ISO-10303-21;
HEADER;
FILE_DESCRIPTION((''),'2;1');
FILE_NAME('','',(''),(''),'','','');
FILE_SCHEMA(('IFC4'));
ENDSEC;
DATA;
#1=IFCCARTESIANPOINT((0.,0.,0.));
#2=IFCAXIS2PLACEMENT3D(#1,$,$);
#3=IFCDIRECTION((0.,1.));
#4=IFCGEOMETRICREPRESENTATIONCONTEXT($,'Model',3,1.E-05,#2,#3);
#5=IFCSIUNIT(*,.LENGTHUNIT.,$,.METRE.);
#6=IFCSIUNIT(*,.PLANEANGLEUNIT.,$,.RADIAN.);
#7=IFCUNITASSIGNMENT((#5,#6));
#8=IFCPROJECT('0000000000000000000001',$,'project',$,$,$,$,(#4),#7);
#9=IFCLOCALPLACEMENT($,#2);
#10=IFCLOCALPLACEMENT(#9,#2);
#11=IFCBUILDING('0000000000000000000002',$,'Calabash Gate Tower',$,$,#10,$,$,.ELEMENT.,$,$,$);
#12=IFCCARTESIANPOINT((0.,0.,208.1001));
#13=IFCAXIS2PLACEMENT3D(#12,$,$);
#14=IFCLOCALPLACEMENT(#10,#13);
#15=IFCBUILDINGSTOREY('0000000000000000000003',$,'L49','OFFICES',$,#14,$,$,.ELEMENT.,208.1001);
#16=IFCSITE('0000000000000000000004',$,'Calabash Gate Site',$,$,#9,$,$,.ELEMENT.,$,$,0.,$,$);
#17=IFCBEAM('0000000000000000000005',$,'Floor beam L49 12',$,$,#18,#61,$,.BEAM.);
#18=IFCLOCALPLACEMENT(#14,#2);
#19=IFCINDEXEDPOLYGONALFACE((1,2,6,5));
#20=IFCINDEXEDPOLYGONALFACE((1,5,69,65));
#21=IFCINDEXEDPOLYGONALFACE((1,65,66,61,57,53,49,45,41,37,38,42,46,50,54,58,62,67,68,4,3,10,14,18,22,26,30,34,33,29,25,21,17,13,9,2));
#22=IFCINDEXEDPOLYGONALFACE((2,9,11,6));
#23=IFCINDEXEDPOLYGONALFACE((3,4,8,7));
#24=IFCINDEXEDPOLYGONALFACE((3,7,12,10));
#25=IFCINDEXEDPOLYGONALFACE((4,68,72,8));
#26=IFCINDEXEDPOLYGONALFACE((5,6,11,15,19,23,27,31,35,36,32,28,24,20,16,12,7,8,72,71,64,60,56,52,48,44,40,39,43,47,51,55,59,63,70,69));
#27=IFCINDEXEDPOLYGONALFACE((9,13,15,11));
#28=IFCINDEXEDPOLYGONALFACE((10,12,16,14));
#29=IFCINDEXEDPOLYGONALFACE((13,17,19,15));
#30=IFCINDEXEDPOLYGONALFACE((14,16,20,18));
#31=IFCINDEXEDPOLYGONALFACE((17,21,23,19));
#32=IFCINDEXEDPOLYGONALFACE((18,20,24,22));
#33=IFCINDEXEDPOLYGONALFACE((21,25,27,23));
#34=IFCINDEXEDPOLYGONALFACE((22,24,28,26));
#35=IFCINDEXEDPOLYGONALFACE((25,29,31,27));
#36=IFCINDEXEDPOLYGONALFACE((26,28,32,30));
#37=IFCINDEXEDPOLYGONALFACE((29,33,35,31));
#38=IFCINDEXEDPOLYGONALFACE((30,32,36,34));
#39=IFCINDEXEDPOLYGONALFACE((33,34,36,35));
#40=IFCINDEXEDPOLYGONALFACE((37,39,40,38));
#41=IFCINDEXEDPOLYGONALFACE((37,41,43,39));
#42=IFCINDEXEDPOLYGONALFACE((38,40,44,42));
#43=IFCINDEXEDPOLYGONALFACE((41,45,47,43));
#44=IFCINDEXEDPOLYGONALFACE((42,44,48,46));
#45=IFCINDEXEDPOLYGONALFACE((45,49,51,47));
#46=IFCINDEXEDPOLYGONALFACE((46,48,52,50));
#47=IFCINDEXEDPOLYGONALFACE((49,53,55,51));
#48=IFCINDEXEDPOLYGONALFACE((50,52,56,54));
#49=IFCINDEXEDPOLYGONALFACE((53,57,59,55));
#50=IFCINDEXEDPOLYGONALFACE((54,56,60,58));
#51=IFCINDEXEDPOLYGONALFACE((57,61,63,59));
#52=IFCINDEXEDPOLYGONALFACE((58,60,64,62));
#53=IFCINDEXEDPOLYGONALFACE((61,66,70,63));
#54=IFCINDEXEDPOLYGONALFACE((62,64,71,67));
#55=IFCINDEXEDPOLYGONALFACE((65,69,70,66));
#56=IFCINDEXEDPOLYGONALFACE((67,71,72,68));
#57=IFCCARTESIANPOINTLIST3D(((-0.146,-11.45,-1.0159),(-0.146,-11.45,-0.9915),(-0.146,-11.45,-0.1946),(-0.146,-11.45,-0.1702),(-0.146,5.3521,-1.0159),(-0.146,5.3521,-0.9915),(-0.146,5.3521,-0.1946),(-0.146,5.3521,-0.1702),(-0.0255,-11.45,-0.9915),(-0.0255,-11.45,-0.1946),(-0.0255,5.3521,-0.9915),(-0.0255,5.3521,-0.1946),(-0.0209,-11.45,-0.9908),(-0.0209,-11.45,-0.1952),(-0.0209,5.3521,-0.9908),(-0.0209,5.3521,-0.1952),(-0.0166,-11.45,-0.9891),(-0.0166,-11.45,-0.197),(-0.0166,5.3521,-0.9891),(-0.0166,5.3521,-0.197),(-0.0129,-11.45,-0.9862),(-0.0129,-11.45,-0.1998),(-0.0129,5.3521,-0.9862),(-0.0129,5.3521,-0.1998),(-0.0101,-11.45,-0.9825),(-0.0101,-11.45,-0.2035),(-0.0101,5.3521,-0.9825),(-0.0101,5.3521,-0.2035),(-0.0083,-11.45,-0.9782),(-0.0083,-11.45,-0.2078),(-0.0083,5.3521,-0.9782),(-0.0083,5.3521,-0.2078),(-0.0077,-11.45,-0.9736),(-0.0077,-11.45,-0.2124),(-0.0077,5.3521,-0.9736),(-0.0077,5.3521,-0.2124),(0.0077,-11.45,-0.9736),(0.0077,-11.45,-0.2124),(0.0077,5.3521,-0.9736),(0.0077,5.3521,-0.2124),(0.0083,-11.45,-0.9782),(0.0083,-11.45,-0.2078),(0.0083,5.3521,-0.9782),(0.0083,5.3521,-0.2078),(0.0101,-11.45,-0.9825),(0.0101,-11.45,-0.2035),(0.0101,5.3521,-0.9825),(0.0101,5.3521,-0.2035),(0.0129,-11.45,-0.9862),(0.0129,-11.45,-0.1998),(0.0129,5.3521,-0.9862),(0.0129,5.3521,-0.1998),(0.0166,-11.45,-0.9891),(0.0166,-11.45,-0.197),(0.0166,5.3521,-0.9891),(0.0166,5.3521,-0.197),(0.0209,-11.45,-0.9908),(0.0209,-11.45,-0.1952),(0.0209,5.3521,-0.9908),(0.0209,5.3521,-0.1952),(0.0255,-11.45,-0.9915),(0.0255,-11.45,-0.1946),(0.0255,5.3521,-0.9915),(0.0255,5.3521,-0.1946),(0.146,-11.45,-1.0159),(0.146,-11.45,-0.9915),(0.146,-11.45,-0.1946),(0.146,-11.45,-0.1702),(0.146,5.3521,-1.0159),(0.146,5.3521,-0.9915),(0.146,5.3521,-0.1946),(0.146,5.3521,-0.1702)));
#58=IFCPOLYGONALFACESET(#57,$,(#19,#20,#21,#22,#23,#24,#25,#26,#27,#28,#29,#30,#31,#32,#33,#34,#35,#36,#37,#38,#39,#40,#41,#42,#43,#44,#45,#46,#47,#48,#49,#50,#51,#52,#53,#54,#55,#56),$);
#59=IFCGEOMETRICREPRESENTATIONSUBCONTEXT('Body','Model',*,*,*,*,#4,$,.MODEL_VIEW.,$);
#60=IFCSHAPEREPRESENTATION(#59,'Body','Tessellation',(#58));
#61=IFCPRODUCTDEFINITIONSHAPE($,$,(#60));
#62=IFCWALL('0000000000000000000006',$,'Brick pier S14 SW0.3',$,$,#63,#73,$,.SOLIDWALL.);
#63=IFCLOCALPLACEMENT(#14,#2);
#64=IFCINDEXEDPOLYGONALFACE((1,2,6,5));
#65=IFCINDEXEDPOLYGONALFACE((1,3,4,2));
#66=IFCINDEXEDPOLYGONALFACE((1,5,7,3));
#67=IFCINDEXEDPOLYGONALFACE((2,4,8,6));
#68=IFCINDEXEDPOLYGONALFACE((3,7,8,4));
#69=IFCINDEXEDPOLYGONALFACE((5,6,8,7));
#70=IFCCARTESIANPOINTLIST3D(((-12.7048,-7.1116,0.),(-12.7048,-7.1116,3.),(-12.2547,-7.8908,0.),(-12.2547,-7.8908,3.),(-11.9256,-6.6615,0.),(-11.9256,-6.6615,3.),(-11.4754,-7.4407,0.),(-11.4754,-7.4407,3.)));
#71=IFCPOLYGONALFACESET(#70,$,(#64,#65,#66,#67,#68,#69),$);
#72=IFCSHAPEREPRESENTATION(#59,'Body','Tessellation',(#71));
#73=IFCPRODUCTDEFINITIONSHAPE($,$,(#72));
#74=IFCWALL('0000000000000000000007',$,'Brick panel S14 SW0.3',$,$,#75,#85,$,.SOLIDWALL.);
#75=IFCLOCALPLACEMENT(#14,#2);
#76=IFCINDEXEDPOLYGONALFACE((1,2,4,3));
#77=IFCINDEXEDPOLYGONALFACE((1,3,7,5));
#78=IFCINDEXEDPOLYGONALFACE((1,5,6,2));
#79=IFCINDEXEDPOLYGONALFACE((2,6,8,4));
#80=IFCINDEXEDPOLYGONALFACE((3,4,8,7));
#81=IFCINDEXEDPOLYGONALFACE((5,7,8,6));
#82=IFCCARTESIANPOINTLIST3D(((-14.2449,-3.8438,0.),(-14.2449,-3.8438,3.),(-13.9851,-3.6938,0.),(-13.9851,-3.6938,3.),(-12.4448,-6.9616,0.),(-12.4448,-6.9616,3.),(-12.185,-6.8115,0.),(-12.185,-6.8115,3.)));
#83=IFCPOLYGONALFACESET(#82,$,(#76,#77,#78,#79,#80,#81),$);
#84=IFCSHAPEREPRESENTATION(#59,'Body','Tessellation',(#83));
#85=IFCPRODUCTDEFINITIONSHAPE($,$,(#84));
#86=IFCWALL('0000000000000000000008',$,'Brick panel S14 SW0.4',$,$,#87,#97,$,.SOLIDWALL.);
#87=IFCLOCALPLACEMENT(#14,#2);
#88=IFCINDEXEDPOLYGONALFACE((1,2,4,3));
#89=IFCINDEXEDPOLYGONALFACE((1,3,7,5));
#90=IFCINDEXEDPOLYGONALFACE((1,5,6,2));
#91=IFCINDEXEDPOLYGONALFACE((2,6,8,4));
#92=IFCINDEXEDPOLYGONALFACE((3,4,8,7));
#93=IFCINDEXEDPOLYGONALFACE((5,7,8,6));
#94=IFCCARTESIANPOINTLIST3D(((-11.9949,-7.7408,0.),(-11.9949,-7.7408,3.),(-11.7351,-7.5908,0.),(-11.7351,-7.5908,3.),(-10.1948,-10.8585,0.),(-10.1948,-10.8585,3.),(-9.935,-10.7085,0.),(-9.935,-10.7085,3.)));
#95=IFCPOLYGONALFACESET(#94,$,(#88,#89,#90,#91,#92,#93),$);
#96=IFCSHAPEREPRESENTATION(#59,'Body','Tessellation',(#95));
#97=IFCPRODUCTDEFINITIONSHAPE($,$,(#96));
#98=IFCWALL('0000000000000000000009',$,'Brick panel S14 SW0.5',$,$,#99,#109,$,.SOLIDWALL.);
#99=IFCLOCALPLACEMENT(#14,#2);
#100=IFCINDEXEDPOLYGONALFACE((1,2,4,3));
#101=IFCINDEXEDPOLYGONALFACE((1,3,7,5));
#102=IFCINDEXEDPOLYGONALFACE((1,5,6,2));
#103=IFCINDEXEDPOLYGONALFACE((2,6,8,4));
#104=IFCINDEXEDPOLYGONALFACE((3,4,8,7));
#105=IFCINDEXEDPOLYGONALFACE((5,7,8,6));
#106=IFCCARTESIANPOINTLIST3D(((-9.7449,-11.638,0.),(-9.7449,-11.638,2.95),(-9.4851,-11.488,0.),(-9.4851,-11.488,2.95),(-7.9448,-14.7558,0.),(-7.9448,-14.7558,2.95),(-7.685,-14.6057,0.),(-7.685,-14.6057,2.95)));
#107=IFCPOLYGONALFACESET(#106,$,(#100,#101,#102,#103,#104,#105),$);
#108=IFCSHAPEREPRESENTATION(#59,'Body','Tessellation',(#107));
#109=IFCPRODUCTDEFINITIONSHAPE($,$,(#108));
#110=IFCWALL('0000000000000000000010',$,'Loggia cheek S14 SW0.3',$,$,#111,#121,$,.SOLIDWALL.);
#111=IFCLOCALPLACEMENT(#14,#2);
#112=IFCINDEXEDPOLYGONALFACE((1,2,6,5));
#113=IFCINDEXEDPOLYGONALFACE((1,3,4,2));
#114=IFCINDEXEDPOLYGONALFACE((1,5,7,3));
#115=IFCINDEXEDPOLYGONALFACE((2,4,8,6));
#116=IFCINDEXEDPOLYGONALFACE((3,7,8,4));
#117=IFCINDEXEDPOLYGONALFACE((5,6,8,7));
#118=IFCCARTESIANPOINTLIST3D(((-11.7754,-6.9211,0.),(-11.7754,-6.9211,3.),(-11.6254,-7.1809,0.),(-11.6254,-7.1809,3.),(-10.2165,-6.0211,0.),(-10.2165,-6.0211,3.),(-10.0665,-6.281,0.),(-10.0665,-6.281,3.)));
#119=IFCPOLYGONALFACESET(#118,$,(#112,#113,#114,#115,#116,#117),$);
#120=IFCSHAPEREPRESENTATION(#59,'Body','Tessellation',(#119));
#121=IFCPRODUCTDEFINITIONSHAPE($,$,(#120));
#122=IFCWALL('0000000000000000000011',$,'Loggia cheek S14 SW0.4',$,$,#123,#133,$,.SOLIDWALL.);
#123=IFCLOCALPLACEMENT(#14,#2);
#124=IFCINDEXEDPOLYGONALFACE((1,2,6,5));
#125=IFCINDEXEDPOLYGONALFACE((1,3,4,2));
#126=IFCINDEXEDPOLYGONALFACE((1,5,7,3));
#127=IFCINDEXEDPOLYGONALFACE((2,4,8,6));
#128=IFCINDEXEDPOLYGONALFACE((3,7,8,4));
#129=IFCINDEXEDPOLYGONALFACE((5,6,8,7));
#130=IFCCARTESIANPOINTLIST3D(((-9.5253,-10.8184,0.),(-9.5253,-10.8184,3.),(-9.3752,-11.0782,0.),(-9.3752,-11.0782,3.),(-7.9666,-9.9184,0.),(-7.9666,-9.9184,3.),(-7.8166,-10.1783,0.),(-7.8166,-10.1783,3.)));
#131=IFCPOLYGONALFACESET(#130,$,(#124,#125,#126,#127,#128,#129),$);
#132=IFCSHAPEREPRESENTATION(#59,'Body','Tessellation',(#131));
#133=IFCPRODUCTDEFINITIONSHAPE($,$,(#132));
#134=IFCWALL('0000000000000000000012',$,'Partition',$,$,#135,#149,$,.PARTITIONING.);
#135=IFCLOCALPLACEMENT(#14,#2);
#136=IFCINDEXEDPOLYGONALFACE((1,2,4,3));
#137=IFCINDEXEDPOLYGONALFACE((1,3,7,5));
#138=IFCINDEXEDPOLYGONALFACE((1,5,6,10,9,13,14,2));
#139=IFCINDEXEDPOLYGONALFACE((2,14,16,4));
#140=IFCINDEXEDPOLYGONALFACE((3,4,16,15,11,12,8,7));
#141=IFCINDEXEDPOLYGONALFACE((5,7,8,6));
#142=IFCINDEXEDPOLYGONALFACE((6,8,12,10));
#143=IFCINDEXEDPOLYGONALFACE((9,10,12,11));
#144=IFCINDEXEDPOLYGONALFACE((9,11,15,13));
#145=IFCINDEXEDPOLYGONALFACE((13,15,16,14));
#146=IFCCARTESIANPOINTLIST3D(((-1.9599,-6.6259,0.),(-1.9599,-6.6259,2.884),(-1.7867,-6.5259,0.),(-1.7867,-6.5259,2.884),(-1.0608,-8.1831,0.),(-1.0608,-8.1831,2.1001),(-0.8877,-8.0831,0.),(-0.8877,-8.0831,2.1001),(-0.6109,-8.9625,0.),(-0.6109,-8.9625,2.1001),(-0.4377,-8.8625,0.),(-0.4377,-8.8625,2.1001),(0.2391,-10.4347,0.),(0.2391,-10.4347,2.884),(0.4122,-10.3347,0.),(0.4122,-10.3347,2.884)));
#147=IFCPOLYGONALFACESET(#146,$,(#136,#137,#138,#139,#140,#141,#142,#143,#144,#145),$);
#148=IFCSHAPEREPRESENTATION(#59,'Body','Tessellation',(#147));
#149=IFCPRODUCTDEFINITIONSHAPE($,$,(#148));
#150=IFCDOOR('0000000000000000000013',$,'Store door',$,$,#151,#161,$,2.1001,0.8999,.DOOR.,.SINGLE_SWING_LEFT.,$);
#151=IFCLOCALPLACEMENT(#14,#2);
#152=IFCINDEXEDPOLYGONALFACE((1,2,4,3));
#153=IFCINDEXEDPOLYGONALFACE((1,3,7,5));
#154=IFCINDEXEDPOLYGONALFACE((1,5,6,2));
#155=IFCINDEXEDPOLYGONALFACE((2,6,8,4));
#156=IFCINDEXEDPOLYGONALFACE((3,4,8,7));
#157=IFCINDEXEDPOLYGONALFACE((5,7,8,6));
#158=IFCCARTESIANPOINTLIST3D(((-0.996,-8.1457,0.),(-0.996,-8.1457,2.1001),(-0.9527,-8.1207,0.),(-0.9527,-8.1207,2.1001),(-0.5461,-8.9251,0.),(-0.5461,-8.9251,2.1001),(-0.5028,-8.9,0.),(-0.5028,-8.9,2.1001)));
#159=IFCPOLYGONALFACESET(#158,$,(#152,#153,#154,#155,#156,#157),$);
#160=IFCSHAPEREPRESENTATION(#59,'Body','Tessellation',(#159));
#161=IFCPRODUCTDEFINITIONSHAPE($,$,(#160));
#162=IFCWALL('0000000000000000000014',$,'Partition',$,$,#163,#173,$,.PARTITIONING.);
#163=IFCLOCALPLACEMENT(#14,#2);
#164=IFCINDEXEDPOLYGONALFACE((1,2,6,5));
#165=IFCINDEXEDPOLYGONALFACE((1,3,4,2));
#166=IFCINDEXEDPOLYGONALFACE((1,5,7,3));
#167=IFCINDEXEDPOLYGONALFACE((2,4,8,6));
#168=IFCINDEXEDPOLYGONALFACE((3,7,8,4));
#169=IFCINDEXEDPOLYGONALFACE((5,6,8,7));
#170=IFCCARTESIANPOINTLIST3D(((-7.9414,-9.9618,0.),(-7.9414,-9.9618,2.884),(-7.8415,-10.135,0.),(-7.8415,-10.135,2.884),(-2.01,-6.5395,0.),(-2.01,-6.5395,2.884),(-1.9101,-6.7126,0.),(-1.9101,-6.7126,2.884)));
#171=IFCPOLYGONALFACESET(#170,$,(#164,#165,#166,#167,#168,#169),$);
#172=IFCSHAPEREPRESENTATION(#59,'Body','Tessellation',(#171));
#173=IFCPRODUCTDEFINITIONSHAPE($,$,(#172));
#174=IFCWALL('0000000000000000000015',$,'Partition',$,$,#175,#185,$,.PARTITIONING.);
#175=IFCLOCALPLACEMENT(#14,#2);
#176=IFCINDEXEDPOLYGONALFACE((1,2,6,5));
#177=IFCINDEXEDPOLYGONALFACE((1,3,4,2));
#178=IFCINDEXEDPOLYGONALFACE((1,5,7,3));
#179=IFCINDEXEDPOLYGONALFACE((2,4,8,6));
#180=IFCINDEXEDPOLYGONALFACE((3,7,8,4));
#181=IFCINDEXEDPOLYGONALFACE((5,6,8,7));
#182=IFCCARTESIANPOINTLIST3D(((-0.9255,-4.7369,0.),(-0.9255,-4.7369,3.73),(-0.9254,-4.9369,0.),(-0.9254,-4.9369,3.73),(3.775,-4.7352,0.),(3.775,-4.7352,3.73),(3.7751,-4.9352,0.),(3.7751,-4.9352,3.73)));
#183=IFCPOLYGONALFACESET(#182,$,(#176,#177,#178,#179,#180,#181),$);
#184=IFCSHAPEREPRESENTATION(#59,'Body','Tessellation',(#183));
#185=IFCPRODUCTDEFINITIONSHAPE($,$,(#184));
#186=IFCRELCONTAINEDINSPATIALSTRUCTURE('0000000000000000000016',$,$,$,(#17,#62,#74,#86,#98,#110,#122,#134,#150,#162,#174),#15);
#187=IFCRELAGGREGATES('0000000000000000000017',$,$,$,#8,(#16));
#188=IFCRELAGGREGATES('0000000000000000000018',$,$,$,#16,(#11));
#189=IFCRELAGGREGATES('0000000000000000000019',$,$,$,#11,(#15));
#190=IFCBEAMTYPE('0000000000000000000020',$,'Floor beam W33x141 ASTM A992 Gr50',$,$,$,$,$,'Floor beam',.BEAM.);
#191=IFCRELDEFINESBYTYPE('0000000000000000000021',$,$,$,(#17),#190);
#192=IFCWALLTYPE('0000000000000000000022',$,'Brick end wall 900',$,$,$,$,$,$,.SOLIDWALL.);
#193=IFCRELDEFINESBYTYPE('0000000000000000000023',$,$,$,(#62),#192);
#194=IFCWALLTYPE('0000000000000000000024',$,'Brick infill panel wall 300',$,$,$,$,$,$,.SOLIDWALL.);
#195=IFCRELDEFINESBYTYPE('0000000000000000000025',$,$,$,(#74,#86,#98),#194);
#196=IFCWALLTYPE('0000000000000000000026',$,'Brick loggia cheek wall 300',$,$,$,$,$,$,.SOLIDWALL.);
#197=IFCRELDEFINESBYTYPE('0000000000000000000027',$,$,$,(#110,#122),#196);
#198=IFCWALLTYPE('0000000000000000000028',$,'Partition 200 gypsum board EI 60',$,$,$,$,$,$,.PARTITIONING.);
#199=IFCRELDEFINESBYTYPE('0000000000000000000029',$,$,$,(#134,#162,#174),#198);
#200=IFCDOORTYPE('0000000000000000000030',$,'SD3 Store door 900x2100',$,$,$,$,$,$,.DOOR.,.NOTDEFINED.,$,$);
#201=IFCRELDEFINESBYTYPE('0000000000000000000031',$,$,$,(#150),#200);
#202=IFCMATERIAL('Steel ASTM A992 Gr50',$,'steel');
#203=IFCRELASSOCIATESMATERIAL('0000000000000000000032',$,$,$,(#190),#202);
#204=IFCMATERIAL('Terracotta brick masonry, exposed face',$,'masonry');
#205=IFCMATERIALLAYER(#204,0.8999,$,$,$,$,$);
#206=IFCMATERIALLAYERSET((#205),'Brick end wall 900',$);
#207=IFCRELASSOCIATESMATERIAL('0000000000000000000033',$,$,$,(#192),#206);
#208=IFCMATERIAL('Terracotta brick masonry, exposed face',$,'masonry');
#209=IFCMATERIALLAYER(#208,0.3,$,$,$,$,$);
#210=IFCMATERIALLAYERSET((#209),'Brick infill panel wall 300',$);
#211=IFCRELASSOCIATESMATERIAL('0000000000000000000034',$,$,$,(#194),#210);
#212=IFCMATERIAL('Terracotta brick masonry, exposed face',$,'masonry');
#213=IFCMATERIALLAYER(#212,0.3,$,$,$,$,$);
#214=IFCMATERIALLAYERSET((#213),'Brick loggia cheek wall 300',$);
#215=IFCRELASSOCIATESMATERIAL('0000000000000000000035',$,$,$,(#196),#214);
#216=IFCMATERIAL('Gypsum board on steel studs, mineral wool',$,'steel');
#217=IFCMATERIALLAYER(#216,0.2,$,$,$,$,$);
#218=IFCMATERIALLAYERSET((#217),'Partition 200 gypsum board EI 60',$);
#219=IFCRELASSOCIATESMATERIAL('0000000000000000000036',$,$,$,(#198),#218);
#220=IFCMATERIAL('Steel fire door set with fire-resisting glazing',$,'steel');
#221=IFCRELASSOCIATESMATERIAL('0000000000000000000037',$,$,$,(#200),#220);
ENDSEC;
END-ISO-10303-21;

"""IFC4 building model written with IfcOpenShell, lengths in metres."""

from ifc_helpers import new_model, si_unit, direction, frame, frame_2d, origin, origin_2d, place, context, subcontext, project, spatial, rectangle, i_section, extrude, material, layer, layer_set, material_profile, profile_set, type_object, element, fill, save


model = new_model("IFC4")

# Units and contexts
model_context = context("Model", 3, precision=1e-05, world=origin(), true_north=direction((0.0, 1.0)))
body_context = subcontext(model_context, "Body", "Model", "MODEL_VIEW")
ifc_project = project(units=[si_unit("LENGTHUNIT", "METRE"), si_unit("PLANEANGLEUNIT", "RADIAN")], contexts=[model_context])

# Site, building, storey
site_placement = place(None, origin())
site = spatial("IfcSite", under=ifc_project, at=site_placement, Name="Calabash Gate Site", CompositionType="ELEMENT", RefElevation=0.0)
building_placement = place(site_placement, origin())
building = spatial("IfcBuilding", under=site, at=building_placement, Name="Calabash Gate Tower", CompositionType="ELEMENT")
storey_placement = place(building_placement, frame((0.0, 0.0, 208.1001)))
storey = spatial("IfcBuildingStorey", under=building, at=storey_placement, Name="L49", Description="OFFICES", CompositionType="ELEMENT", Elevation=208.1001)

# Beam
ifc_material_1 = material(Name="Steel ASTM A992 Gr50", Category="steel")
ifc_material_profile_1 = material_profile(ifc_material_1, i_section(OverallWidth=0.292, OverallDepth=0.8457, WebThickness=0.0154, FlangeThickness=0.0244, FilletRadius=0.0178, at=origin_2d()))
ifc_profile_set_1 = profile_set([ifc_material_profile_1], Name="Steel ASTM A992 Gr50")
beam_type_1 = type_object("IfcBeamType", Name="Floor beam W33x141 ASTM A992 Gr50", ElementType="Floor beam", PredefinedType="BEAM", material=ifc_profile_set_1)
beam_1_placement = place(storey_placement, frame((0.0, -11.45, -0.593), z_axis=(0.0, 1.0, 0.0), x_axis=(-1.0, 0.0, 0.0)))
element("IfcBeam", 1, at=beam_1_placement, inside=storey, type_object=beam_type_1, Name="Floor beam L49 12", PredefinedType="BEAM", context=body_context, shape_type="SweptSolid", body=[
    extrude(i_section(OverallWidth=0.292, OverallDepth=0.8457, WebThickness=0.0154, FlangeThickness=0.0244, FilletRadius=0.0178, at=origin_2d()), origin(), (0.0, 0.0, 1.0), 16.802),
])

# Walls
ifc_material_2 = material(Name="Terracotta brick masonry, exposed face", Category="masonry")
ifc_layer_1 = layer(ifc_material_2, 0.8999)
ifc_layer_set_1 = layer_set([ifc_layer_1], Name="Brick end wall 900")
wall_type_1 = type_object("IfcWallType", Name="Brick end wall 900", PredefinedType="SOLIDWALL", material=ifc_layer_set_1)
wall_1_placement = place(storey_placement, frame((-12.4797, -7.5012, 0.0), z_axis=(0.0, 0.0, 1.0), x_axis=(0.865896, 0.500223, 0.0)))
element("IfcWall", 2, at=wall_1_placement, inside=storey, type_object=wall_type_1, Name="Brick pier S14 SW0.3", PredefinedType="SOLIDWALL", context=body_context, shape_type="SweptSolid", body=[
    extrude(rectangle(XDim=0.8999, YDim=0.8999, at=frame_2d((0.45, 0.0))), origin(), (0.0, 0.0, 1.0), 3.0),
])
ifc_material_3 = material(Name="Terracotta brick masonry, exposed face", Category="masonry")
ifc_layer_2 = layer(ifc_material_3, 0.3)
ifc_layer_set_2 = layer_set([ifc_layer_2], Name="Brick infill panel wall 300")
wall_type_2 = type_object("IfcWallType", Name="Brick infill panel wall 300", PredefinedType="SOLIDWALL", material=ifc_layer_set_2)
for number, where, z_axis, x_axis, name in (
    (3, (-14.115, -3.7688, 0.0), (0.0, 0.0, 1.0), (0.500012, -0.866018, 0.0), "Brick panel S14 SW0.3"),
    (4, (-11.865, -7.6658, 0.0), (0.0, 0.0, 1.0), (0.500012, -0.866018, 0.0), "Brick panel S14 SW0.4"),
):
    element("IfcWall", number, at=place(storey_placement, frame(where, z_axis=z_axis, x_axis=x_axis)), inside=storey, type_object=wall_type_2, Name=name, PredefinedType="SOLIDWALL", context=body_context, shape_type="SweptSolid", body=[
        extrude(rectangle(XDim=3.6001, YDim=0.3, at=frame_2d((1.8, 0.0))), origin(), (0.0, 0.0, 1.0), 3.0),
    ])
wall_2_placement = place(storey_placement, frame((-9.615, -11.563, 0.0), z_axis=(0.0, 0.0, 1.0), x_axis=(0.500012, -0.866018, 0.0)))
element("IfcWall", 5, at=wall_2_placement, inside=storey, type_object=wall_type_2, Name="Brick panel S14 SW0.5", PredefinedType="SOLIDWALL", context=body_context, shape_type="SweptSolid", body=[
    extrude(rectangle(XDim=3.6001, YDim=0.3, at=frame_2d((1.8, 0.0))), origin(), (0.0, 0.0, 1.0), 2.95),
])
ifc_material_4 = material(Name="Terracotta brick masonry, exposed face", Category="masonry")
ifc_layer_3 = layer(ifc_material_4, 0.3)
ifc_layer_set_3 = layer_set([ifc_layer_3], Name="Brick loggia cheek wall 300")
wall_type_3 = type_object("IfcWallType", Name="Brick loggia cheek wall 300", PredefinedType="SOLIDWALL", material=ifc_layer_set_3)
wall_3_placement = place(storey_placement, frame((-10.1416, -6.1511, 0.0), z_axis=(0.0, 0.0, 1.0), x_axis=(-0.866048, -0.499961, 0.0)))
element("IfcWall", 6, at=wall_3_placement, inside=storey, type_object=wall_type_3, Name="Loggia cheek S14 SW0.3", PredefinedType="SOLIDWALL", context=body_context, shape_type="SweptSolid", body=[
    extrude(rectangle(XDim=1.8, YDim=0.3, at=frame_2d((0.8999, 0.0))), origin(), (0.0, 0.0, 1.0), 3.0),
])
wall_4_placement = place(storey_placement, frame((-7.8916, -10.0483, 0.0), z_axis=(0.0, 0.0, 1.0), x_axis=(-0.866014, -0.50002, 0.0)))
element("IfcWall", 7, at=wall_4_placement, inside=storey, type_object=wall_type_3, Name="Loggia cheek S14 SW0.4", PredefinedType="SOLIDWALL", context=body_context, shape_type="SweptSolid", body=[
    extrude(rectangle(XDim=1.7998, YDim=0.3, at=frame_2d((0.8999, 0.0))), origin(), (0.0, 0.0, 1.0), 3.0),
])

# Wall, opening, door
ifc_material_5 = material(Name="Gypsum board on steel studs, mineral wool", Category="steel")
ifc_layer_4 = layer(ifc_material_5, 0.2)
ifc_layer_set_4 = layer_set([ifc_layer_4], Name="Partition 200 gypsum board EI 60")
wall_type_4 = type_object("IfcWallType", Name="Partition 200 gypsum board EI 60", PredefinedType="PARTITIONING", material=ifc_layer_set_4)
wall_5_placement = place(storey_placement, frame((-1.8733, -6.5759, 0.0), z_axis=(0.0, 0.0, 1.0), x_axis=(0.49999, -0.866031, 0.0)))
wall_5 = element("IfcWall", 8, at=wall_5_placement, inside=storey, type_object=wall_type_4, Name="Partition", PredefinedType="PARTITIONING", context=body_context, shape_type="SweptSolid", body=[
    extrude(rectangle(XDim=4.3979, YDim=0.2, at=frame_2d((2.199, 0.0))), origin(), (0.0, 0.0, 1.0), 2.884),
])
opening_placement = place(wall_5_placement, frame((1.7981, 0.0, 0.0)))
opening = element("IfcOpeningElement", 9, at=opening_placement, cuts=wall_5, PredefinedType="OPENING", context=body_context, shape_type="SweptSolid", body=[
    extrude(rectangle(XDim=0.8999, YDim=2.1001, at=frame_2d((0.45, 1.05))), frame((0.0, 0.1099, 0.0), z_axis=(0.0, -1.0, 0.0), x_axis=(1.0, 0.0, 0.0)), (0.0, 0.0, 1.0), 0.22),
])
ifc_material_6 = material(Name="Steel fire door set with fire-resisting glazing", Category="steel")
door_type = type_object("IfcDoorType", Name="SD3 Store door 900x2100", OperationType="NOTDEFINED", PredefinedType="DOOR", material=ifc_material_6)
door_placement = place(opening_placement, origin())
door = element("IfcDoor", 10, at=door_placement, inside=storey, type_object=door_type, Name="Store door", OperationType="SINGLE_SWING_LEFT", OverallHeight=2.1001, OverallWidth=0.8999, PredefinedType="DOOR", context=body_context, shape_type="SweptSolid", body=[
    extrude(rectangle(XDim=0.8999, YDim=2.1001, at=frame_2d((0.45, 1.05))), frame((0.0, 0.0249, 0.0), z_axis=(0.0, -1.0, 0.0), x_axis=(1.0, 0.0, 0.0)), (0.0, 0.0, 1.0), 0.05),
])
fill(opening, door)

# Walls
wall_6_placement = place(storey_placement, frame((-7.8914, -10.0483, 0.0), z_axis=(0.0, 0.0, 1.0), x_axis=(0.86616, 0.499767, 0.0)))
element("IfcWall", 11, at=wall_6_placement, inside=storey, type_object=wall_type_4, Name="Partition", PredefinedType="PARTITIONING", context=body_context, shape_type="SweptSolid", body=[
    extrude(rectangle(XDim=6.8479, YDim=0.2, at=frame_2d((3.4238, 0.0))), origin(), (0.0, 0.0, 1.0), 2.884),
])
wall_7_placement = place(storey_placement, frame((-0.9253, -4.8369, 0.0), z_axis=(0.0, 0.0, 1.0), x_axis=(1.0, 0.000364, 0.0)))
element("IfcWall", 12, at=wall_7_placement, inside=storey, type_object=wall_type_4, Name="Partition", PredefinedType="PARTITIONING", context=body_context, shape_type="SweptSolid", body=[
    extrude(rectangle(XDim=4.7004, YDim=0.2, at=frame_2d((2.3501, 0.0))), origin(), (0.0, 0.0, 1.0), 3.73),
])

save(model, "model.ifc")
